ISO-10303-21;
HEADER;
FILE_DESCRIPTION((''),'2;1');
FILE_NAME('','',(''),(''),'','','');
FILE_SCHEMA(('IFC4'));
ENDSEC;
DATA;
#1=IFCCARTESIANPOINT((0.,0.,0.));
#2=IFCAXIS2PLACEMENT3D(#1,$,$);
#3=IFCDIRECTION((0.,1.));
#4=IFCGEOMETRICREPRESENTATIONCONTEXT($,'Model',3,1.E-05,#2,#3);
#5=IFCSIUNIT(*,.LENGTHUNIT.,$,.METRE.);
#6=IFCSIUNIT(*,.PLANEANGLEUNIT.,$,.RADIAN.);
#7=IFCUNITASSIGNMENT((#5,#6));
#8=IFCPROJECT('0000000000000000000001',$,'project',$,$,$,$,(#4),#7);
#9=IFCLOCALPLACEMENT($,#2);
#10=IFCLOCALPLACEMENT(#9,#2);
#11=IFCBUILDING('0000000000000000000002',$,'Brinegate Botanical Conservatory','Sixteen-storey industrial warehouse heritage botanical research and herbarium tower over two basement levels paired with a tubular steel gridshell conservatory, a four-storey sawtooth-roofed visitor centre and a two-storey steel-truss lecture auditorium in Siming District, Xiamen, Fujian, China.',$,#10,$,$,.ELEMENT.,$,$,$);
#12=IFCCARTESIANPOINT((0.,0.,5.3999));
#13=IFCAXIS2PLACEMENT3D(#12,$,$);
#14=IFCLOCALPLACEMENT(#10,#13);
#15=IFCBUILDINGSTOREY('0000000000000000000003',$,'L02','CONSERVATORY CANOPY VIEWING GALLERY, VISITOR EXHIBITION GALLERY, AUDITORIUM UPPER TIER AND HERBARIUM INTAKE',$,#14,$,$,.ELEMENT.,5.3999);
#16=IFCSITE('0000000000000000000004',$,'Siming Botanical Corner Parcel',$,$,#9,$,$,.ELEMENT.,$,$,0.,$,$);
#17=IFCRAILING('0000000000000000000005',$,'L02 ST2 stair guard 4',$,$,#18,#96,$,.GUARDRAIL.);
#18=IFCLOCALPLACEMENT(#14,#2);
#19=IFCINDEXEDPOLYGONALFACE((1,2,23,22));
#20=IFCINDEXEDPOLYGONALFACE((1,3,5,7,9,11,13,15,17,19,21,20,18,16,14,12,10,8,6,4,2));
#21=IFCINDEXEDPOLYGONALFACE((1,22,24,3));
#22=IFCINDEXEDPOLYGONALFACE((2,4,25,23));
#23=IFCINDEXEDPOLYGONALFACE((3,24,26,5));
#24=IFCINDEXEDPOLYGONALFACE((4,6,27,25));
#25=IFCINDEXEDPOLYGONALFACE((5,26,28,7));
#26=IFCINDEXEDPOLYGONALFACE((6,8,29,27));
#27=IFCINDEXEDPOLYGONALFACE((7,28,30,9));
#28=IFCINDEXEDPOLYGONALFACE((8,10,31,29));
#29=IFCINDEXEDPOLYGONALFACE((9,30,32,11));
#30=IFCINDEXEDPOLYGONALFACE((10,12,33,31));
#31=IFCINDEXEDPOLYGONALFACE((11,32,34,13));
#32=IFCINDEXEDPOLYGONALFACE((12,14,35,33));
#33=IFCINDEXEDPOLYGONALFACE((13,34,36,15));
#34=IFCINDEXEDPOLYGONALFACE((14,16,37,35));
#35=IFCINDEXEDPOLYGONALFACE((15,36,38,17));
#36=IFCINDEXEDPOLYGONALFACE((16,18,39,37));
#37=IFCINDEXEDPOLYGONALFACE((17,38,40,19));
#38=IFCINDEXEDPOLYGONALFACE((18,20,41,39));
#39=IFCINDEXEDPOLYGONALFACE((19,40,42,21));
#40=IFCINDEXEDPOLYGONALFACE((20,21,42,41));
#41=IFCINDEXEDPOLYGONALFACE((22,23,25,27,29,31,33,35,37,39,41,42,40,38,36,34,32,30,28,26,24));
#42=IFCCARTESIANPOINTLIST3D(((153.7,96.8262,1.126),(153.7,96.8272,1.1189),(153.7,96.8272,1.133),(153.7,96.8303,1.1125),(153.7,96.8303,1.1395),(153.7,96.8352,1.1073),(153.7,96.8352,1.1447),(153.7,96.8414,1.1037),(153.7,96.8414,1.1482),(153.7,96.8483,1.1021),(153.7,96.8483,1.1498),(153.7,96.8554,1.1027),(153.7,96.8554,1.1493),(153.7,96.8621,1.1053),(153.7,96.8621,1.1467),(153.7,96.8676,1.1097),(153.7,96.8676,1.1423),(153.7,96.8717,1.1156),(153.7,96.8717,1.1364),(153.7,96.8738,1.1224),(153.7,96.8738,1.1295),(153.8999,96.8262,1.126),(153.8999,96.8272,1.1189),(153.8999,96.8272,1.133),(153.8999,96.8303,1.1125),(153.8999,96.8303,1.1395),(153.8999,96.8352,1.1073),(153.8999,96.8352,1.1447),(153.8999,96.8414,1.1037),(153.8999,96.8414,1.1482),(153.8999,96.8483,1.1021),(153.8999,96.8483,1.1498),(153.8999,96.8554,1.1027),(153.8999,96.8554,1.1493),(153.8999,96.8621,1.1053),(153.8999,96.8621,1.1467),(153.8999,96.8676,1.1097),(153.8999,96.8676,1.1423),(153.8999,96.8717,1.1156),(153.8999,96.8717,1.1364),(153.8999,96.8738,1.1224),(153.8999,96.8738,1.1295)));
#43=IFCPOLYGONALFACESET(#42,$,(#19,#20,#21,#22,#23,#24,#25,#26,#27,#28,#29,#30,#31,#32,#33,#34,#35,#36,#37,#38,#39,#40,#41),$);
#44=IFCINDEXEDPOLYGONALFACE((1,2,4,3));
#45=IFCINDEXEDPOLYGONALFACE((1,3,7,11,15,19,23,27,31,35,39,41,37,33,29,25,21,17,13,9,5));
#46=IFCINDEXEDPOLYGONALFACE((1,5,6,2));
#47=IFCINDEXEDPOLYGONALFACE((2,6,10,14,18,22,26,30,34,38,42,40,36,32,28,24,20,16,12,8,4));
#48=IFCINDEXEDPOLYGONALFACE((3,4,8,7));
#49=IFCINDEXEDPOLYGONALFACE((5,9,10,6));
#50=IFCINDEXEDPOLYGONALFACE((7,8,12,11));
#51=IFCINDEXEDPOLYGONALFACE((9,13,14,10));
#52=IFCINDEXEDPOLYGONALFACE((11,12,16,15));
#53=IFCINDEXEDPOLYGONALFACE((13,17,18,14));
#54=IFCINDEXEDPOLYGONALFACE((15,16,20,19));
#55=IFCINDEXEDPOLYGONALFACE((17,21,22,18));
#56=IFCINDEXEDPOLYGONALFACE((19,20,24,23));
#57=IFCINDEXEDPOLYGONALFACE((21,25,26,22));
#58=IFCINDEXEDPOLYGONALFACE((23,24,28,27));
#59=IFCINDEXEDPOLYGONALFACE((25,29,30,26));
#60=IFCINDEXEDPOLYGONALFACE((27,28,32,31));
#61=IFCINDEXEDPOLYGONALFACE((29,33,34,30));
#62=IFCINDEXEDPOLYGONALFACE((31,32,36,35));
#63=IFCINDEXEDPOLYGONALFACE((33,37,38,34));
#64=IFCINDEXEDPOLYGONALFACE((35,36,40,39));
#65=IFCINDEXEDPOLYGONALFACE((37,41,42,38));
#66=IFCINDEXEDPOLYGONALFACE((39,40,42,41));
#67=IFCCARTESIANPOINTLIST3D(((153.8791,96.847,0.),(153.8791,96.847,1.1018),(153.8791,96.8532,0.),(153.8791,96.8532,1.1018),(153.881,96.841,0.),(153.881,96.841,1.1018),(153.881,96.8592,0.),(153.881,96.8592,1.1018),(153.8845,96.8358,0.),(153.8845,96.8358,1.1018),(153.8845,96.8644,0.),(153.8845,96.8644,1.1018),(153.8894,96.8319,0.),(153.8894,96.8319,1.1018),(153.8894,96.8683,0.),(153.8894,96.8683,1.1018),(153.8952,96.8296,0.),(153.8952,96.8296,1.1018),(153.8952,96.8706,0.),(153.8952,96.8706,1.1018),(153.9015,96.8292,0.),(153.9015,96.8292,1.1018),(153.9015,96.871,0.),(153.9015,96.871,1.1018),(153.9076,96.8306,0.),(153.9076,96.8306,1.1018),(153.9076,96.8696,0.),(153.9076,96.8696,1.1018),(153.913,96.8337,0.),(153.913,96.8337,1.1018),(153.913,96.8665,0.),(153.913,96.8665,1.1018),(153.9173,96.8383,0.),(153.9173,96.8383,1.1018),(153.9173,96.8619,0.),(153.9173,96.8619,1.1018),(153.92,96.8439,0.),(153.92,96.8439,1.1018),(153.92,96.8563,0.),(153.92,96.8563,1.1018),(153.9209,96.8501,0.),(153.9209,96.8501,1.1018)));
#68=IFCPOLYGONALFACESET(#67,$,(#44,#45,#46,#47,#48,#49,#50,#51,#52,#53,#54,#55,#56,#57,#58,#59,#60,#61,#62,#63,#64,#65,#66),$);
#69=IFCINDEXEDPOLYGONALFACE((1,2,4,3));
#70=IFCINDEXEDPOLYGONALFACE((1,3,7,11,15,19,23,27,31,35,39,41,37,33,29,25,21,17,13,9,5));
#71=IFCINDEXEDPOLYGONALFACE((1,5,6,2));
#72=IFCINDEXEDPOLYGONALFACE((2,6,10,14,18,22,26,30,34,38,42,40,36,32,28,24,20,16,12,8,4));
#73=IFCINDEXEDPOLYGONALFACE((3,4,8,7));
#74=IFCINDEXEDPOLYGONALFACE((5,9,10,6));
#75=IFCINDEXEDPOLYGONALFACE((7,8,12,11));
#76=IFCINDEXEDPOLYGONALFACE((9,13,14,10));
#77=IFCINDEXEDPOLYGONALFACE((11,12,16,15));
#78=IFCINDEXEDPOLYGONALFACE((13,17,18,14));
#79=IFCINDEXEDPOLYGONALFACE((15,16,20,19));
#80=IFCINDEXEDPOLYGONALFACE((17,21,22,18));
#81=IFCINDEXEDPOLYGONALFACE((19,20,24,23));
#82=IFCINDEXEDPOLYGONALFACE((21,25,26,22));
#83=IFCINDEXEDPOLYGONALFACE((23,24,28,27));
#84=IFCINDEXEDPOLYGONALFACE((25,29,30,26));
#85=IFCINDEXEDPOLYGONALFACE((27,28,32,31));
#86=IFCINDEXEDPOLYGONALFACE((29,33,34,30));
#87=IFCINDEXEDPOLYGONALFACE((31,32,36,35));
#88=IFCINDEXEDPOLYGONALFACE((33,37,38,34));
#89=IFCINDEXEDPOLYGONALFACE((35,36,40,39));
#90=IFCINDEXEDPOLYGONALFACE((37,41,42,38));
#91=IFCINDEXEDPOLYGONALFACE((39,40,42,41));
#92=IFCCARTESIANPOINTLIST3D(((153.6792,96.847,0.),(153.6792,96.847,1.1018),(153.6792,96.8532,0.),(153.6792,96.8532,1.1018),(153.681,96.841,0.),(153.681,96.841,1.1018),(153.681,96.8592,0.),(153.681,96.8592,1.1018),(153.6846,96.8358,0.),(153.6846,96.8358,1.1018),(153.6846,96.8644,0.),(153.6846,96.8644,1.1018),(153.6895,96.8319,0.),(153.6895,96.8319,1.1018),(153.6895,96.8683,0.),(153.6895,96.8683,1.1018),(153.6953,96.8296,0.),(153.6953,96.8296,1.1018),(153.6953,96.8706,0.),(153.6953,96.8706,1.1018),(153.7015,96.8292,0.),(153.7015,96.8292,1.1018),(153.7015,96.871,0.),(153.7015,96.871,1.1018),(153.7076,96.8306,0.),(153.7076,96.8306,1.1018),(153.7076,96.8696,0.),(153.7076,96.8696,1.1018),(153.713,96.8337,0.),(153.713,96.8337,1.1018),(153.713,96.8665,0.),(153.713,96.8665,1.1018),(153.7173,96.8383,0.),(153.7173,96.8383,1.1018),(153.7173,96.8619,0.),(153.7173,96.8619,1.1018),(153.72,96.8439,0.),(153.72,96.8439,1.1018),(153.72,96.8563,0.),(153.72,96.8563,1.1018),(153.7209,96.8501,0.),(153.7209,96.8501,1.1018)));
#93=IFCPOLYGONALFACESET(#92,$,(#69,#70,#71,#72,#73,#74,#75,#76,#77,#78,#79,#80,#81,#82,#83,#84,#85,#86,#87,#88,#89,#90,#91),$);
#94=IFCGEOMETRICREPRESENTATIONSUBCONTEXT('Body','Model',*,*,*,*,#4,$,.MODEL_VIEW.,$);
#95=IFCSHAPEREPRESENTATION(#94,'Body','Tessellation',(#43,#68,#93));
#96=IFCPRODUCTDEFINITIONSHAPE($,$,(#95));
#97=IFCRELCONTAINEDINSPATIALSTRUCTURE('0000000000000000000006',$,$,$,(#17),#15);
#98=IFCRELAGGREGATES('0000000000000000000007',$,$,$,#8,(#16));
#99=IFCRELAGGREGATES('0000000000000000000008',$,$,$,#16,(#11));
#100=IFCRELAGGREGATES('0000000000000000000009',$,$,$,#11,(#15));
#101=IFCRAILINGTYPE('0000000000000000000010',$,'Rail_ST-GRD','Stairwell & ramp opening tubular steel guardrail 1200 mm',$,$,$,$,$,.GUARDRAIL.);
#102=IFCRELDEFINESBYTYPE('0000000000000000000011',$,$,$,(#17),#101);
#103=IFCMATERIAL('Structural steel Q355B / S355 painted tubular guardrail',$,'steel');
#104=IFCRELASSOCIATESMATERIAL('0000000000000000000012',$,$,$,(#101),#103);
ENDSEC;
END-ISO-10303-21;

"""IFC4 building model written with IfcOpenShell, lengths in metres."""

from ifc_helpers import new_model, si_unit, direction, frame, origin, origin_2d, place, context, subcontext, project, spatial, circle, extrude, material, type_object, element, save


model = new_model("IFC4")

# Units and contexts
model_context = context("Model", 3, precision=1e-05, world=origin(), true_north=direction((0.0, 1.0)))
body_context = subcontext(model_context, "Body", "Model", "MODEL_VIEW")
ifc_project = project(units=[si_unit("LENGTHUNIT", "METRE"), si_unit("PLANEANGLEUNIT", "RADIAN")], contexts=[model_context])

# Site, building, storey
site_placement = place(None, origin())
site = spatial("IfcSite", under=ifc_project, at=site_placement, Name="Siming Botanical Corner Parcel", CompositionType="ELEMENT", RefElevation=0.0)
building_placement = place(site_placement, origin())
building = spatial("IfcBuilding", under=site, at=building_placement, Name="Brinegate Botanical Conservatory", Description="Sixteen-storey industrial warehouse heritage botanical research and herbarium tower over two basement levels paired with a tubular steel gridshell conservatory, a four-storey sawtooth-roofed visitor centre and a two-storey steel-truss lecture auditorium in Siming District, Xiamen, Fujian, China.", CompositionType="ELEMENT")
storey_placement = place(building_placement, frame((0.0, 0.0, 5.3999)))
storey = spatial("IfcBuildingStorey", under=building, at=storey_placement, Name="L02", Description="CONSERVATORY CANOPY VIEWING GALLERY, VISITOR EXHIBITION GALLERY, AUDITORIUM UPPER TIER AND HERBARIUM INTAKE", CompositionType="ELEMENT", Elevation=5.3999)

# Railing
ifc_material_1 = material(Name="Structural steel Q355B / S355 painted tubular guardrail", Category="steel")
railing_type_1 = type_object("IfcRailingType", Name="Rail_ST-GRD", Description="Stairwell & ramp opening tubular steel guardrail 1200 mm", PredefinedType="GUARDRAIL", material=ifc_material_1)
railing_1_placement = place(storey_placement, frame((153.8999, 96.8501, 0.0)))
element("IfcRailing", 1, at=railing_1_placement, inside=storey, type_object=railing_type_1, Name="L02 ST2 stair guard 4", PredefinedType="GUARDRAIL", context=body_context, shape_type="SweptSolid", body=[
    extrude(circle(Radius=0.0239, at=origin_2d()), frame((0.0, 0.0, 1.126), z_axis=(-1.0, 0.0, 0.0), x_axis=(0.0, -1.0, 0.0)), (0.0, 0.0, 1.0), 0.2),
    extrude(circle(Radius=0.021, at=origin_2d()), origin(), (0.0, 0.0, 1.0), 1.1018),
    extrude(circle(Radius=0.021, at=origin_2d()), frame((-0.2, 0.0, 0.0)), (0.0, 0.0, 1.0), 1.1018),
])

save(model, "model.ifc")
